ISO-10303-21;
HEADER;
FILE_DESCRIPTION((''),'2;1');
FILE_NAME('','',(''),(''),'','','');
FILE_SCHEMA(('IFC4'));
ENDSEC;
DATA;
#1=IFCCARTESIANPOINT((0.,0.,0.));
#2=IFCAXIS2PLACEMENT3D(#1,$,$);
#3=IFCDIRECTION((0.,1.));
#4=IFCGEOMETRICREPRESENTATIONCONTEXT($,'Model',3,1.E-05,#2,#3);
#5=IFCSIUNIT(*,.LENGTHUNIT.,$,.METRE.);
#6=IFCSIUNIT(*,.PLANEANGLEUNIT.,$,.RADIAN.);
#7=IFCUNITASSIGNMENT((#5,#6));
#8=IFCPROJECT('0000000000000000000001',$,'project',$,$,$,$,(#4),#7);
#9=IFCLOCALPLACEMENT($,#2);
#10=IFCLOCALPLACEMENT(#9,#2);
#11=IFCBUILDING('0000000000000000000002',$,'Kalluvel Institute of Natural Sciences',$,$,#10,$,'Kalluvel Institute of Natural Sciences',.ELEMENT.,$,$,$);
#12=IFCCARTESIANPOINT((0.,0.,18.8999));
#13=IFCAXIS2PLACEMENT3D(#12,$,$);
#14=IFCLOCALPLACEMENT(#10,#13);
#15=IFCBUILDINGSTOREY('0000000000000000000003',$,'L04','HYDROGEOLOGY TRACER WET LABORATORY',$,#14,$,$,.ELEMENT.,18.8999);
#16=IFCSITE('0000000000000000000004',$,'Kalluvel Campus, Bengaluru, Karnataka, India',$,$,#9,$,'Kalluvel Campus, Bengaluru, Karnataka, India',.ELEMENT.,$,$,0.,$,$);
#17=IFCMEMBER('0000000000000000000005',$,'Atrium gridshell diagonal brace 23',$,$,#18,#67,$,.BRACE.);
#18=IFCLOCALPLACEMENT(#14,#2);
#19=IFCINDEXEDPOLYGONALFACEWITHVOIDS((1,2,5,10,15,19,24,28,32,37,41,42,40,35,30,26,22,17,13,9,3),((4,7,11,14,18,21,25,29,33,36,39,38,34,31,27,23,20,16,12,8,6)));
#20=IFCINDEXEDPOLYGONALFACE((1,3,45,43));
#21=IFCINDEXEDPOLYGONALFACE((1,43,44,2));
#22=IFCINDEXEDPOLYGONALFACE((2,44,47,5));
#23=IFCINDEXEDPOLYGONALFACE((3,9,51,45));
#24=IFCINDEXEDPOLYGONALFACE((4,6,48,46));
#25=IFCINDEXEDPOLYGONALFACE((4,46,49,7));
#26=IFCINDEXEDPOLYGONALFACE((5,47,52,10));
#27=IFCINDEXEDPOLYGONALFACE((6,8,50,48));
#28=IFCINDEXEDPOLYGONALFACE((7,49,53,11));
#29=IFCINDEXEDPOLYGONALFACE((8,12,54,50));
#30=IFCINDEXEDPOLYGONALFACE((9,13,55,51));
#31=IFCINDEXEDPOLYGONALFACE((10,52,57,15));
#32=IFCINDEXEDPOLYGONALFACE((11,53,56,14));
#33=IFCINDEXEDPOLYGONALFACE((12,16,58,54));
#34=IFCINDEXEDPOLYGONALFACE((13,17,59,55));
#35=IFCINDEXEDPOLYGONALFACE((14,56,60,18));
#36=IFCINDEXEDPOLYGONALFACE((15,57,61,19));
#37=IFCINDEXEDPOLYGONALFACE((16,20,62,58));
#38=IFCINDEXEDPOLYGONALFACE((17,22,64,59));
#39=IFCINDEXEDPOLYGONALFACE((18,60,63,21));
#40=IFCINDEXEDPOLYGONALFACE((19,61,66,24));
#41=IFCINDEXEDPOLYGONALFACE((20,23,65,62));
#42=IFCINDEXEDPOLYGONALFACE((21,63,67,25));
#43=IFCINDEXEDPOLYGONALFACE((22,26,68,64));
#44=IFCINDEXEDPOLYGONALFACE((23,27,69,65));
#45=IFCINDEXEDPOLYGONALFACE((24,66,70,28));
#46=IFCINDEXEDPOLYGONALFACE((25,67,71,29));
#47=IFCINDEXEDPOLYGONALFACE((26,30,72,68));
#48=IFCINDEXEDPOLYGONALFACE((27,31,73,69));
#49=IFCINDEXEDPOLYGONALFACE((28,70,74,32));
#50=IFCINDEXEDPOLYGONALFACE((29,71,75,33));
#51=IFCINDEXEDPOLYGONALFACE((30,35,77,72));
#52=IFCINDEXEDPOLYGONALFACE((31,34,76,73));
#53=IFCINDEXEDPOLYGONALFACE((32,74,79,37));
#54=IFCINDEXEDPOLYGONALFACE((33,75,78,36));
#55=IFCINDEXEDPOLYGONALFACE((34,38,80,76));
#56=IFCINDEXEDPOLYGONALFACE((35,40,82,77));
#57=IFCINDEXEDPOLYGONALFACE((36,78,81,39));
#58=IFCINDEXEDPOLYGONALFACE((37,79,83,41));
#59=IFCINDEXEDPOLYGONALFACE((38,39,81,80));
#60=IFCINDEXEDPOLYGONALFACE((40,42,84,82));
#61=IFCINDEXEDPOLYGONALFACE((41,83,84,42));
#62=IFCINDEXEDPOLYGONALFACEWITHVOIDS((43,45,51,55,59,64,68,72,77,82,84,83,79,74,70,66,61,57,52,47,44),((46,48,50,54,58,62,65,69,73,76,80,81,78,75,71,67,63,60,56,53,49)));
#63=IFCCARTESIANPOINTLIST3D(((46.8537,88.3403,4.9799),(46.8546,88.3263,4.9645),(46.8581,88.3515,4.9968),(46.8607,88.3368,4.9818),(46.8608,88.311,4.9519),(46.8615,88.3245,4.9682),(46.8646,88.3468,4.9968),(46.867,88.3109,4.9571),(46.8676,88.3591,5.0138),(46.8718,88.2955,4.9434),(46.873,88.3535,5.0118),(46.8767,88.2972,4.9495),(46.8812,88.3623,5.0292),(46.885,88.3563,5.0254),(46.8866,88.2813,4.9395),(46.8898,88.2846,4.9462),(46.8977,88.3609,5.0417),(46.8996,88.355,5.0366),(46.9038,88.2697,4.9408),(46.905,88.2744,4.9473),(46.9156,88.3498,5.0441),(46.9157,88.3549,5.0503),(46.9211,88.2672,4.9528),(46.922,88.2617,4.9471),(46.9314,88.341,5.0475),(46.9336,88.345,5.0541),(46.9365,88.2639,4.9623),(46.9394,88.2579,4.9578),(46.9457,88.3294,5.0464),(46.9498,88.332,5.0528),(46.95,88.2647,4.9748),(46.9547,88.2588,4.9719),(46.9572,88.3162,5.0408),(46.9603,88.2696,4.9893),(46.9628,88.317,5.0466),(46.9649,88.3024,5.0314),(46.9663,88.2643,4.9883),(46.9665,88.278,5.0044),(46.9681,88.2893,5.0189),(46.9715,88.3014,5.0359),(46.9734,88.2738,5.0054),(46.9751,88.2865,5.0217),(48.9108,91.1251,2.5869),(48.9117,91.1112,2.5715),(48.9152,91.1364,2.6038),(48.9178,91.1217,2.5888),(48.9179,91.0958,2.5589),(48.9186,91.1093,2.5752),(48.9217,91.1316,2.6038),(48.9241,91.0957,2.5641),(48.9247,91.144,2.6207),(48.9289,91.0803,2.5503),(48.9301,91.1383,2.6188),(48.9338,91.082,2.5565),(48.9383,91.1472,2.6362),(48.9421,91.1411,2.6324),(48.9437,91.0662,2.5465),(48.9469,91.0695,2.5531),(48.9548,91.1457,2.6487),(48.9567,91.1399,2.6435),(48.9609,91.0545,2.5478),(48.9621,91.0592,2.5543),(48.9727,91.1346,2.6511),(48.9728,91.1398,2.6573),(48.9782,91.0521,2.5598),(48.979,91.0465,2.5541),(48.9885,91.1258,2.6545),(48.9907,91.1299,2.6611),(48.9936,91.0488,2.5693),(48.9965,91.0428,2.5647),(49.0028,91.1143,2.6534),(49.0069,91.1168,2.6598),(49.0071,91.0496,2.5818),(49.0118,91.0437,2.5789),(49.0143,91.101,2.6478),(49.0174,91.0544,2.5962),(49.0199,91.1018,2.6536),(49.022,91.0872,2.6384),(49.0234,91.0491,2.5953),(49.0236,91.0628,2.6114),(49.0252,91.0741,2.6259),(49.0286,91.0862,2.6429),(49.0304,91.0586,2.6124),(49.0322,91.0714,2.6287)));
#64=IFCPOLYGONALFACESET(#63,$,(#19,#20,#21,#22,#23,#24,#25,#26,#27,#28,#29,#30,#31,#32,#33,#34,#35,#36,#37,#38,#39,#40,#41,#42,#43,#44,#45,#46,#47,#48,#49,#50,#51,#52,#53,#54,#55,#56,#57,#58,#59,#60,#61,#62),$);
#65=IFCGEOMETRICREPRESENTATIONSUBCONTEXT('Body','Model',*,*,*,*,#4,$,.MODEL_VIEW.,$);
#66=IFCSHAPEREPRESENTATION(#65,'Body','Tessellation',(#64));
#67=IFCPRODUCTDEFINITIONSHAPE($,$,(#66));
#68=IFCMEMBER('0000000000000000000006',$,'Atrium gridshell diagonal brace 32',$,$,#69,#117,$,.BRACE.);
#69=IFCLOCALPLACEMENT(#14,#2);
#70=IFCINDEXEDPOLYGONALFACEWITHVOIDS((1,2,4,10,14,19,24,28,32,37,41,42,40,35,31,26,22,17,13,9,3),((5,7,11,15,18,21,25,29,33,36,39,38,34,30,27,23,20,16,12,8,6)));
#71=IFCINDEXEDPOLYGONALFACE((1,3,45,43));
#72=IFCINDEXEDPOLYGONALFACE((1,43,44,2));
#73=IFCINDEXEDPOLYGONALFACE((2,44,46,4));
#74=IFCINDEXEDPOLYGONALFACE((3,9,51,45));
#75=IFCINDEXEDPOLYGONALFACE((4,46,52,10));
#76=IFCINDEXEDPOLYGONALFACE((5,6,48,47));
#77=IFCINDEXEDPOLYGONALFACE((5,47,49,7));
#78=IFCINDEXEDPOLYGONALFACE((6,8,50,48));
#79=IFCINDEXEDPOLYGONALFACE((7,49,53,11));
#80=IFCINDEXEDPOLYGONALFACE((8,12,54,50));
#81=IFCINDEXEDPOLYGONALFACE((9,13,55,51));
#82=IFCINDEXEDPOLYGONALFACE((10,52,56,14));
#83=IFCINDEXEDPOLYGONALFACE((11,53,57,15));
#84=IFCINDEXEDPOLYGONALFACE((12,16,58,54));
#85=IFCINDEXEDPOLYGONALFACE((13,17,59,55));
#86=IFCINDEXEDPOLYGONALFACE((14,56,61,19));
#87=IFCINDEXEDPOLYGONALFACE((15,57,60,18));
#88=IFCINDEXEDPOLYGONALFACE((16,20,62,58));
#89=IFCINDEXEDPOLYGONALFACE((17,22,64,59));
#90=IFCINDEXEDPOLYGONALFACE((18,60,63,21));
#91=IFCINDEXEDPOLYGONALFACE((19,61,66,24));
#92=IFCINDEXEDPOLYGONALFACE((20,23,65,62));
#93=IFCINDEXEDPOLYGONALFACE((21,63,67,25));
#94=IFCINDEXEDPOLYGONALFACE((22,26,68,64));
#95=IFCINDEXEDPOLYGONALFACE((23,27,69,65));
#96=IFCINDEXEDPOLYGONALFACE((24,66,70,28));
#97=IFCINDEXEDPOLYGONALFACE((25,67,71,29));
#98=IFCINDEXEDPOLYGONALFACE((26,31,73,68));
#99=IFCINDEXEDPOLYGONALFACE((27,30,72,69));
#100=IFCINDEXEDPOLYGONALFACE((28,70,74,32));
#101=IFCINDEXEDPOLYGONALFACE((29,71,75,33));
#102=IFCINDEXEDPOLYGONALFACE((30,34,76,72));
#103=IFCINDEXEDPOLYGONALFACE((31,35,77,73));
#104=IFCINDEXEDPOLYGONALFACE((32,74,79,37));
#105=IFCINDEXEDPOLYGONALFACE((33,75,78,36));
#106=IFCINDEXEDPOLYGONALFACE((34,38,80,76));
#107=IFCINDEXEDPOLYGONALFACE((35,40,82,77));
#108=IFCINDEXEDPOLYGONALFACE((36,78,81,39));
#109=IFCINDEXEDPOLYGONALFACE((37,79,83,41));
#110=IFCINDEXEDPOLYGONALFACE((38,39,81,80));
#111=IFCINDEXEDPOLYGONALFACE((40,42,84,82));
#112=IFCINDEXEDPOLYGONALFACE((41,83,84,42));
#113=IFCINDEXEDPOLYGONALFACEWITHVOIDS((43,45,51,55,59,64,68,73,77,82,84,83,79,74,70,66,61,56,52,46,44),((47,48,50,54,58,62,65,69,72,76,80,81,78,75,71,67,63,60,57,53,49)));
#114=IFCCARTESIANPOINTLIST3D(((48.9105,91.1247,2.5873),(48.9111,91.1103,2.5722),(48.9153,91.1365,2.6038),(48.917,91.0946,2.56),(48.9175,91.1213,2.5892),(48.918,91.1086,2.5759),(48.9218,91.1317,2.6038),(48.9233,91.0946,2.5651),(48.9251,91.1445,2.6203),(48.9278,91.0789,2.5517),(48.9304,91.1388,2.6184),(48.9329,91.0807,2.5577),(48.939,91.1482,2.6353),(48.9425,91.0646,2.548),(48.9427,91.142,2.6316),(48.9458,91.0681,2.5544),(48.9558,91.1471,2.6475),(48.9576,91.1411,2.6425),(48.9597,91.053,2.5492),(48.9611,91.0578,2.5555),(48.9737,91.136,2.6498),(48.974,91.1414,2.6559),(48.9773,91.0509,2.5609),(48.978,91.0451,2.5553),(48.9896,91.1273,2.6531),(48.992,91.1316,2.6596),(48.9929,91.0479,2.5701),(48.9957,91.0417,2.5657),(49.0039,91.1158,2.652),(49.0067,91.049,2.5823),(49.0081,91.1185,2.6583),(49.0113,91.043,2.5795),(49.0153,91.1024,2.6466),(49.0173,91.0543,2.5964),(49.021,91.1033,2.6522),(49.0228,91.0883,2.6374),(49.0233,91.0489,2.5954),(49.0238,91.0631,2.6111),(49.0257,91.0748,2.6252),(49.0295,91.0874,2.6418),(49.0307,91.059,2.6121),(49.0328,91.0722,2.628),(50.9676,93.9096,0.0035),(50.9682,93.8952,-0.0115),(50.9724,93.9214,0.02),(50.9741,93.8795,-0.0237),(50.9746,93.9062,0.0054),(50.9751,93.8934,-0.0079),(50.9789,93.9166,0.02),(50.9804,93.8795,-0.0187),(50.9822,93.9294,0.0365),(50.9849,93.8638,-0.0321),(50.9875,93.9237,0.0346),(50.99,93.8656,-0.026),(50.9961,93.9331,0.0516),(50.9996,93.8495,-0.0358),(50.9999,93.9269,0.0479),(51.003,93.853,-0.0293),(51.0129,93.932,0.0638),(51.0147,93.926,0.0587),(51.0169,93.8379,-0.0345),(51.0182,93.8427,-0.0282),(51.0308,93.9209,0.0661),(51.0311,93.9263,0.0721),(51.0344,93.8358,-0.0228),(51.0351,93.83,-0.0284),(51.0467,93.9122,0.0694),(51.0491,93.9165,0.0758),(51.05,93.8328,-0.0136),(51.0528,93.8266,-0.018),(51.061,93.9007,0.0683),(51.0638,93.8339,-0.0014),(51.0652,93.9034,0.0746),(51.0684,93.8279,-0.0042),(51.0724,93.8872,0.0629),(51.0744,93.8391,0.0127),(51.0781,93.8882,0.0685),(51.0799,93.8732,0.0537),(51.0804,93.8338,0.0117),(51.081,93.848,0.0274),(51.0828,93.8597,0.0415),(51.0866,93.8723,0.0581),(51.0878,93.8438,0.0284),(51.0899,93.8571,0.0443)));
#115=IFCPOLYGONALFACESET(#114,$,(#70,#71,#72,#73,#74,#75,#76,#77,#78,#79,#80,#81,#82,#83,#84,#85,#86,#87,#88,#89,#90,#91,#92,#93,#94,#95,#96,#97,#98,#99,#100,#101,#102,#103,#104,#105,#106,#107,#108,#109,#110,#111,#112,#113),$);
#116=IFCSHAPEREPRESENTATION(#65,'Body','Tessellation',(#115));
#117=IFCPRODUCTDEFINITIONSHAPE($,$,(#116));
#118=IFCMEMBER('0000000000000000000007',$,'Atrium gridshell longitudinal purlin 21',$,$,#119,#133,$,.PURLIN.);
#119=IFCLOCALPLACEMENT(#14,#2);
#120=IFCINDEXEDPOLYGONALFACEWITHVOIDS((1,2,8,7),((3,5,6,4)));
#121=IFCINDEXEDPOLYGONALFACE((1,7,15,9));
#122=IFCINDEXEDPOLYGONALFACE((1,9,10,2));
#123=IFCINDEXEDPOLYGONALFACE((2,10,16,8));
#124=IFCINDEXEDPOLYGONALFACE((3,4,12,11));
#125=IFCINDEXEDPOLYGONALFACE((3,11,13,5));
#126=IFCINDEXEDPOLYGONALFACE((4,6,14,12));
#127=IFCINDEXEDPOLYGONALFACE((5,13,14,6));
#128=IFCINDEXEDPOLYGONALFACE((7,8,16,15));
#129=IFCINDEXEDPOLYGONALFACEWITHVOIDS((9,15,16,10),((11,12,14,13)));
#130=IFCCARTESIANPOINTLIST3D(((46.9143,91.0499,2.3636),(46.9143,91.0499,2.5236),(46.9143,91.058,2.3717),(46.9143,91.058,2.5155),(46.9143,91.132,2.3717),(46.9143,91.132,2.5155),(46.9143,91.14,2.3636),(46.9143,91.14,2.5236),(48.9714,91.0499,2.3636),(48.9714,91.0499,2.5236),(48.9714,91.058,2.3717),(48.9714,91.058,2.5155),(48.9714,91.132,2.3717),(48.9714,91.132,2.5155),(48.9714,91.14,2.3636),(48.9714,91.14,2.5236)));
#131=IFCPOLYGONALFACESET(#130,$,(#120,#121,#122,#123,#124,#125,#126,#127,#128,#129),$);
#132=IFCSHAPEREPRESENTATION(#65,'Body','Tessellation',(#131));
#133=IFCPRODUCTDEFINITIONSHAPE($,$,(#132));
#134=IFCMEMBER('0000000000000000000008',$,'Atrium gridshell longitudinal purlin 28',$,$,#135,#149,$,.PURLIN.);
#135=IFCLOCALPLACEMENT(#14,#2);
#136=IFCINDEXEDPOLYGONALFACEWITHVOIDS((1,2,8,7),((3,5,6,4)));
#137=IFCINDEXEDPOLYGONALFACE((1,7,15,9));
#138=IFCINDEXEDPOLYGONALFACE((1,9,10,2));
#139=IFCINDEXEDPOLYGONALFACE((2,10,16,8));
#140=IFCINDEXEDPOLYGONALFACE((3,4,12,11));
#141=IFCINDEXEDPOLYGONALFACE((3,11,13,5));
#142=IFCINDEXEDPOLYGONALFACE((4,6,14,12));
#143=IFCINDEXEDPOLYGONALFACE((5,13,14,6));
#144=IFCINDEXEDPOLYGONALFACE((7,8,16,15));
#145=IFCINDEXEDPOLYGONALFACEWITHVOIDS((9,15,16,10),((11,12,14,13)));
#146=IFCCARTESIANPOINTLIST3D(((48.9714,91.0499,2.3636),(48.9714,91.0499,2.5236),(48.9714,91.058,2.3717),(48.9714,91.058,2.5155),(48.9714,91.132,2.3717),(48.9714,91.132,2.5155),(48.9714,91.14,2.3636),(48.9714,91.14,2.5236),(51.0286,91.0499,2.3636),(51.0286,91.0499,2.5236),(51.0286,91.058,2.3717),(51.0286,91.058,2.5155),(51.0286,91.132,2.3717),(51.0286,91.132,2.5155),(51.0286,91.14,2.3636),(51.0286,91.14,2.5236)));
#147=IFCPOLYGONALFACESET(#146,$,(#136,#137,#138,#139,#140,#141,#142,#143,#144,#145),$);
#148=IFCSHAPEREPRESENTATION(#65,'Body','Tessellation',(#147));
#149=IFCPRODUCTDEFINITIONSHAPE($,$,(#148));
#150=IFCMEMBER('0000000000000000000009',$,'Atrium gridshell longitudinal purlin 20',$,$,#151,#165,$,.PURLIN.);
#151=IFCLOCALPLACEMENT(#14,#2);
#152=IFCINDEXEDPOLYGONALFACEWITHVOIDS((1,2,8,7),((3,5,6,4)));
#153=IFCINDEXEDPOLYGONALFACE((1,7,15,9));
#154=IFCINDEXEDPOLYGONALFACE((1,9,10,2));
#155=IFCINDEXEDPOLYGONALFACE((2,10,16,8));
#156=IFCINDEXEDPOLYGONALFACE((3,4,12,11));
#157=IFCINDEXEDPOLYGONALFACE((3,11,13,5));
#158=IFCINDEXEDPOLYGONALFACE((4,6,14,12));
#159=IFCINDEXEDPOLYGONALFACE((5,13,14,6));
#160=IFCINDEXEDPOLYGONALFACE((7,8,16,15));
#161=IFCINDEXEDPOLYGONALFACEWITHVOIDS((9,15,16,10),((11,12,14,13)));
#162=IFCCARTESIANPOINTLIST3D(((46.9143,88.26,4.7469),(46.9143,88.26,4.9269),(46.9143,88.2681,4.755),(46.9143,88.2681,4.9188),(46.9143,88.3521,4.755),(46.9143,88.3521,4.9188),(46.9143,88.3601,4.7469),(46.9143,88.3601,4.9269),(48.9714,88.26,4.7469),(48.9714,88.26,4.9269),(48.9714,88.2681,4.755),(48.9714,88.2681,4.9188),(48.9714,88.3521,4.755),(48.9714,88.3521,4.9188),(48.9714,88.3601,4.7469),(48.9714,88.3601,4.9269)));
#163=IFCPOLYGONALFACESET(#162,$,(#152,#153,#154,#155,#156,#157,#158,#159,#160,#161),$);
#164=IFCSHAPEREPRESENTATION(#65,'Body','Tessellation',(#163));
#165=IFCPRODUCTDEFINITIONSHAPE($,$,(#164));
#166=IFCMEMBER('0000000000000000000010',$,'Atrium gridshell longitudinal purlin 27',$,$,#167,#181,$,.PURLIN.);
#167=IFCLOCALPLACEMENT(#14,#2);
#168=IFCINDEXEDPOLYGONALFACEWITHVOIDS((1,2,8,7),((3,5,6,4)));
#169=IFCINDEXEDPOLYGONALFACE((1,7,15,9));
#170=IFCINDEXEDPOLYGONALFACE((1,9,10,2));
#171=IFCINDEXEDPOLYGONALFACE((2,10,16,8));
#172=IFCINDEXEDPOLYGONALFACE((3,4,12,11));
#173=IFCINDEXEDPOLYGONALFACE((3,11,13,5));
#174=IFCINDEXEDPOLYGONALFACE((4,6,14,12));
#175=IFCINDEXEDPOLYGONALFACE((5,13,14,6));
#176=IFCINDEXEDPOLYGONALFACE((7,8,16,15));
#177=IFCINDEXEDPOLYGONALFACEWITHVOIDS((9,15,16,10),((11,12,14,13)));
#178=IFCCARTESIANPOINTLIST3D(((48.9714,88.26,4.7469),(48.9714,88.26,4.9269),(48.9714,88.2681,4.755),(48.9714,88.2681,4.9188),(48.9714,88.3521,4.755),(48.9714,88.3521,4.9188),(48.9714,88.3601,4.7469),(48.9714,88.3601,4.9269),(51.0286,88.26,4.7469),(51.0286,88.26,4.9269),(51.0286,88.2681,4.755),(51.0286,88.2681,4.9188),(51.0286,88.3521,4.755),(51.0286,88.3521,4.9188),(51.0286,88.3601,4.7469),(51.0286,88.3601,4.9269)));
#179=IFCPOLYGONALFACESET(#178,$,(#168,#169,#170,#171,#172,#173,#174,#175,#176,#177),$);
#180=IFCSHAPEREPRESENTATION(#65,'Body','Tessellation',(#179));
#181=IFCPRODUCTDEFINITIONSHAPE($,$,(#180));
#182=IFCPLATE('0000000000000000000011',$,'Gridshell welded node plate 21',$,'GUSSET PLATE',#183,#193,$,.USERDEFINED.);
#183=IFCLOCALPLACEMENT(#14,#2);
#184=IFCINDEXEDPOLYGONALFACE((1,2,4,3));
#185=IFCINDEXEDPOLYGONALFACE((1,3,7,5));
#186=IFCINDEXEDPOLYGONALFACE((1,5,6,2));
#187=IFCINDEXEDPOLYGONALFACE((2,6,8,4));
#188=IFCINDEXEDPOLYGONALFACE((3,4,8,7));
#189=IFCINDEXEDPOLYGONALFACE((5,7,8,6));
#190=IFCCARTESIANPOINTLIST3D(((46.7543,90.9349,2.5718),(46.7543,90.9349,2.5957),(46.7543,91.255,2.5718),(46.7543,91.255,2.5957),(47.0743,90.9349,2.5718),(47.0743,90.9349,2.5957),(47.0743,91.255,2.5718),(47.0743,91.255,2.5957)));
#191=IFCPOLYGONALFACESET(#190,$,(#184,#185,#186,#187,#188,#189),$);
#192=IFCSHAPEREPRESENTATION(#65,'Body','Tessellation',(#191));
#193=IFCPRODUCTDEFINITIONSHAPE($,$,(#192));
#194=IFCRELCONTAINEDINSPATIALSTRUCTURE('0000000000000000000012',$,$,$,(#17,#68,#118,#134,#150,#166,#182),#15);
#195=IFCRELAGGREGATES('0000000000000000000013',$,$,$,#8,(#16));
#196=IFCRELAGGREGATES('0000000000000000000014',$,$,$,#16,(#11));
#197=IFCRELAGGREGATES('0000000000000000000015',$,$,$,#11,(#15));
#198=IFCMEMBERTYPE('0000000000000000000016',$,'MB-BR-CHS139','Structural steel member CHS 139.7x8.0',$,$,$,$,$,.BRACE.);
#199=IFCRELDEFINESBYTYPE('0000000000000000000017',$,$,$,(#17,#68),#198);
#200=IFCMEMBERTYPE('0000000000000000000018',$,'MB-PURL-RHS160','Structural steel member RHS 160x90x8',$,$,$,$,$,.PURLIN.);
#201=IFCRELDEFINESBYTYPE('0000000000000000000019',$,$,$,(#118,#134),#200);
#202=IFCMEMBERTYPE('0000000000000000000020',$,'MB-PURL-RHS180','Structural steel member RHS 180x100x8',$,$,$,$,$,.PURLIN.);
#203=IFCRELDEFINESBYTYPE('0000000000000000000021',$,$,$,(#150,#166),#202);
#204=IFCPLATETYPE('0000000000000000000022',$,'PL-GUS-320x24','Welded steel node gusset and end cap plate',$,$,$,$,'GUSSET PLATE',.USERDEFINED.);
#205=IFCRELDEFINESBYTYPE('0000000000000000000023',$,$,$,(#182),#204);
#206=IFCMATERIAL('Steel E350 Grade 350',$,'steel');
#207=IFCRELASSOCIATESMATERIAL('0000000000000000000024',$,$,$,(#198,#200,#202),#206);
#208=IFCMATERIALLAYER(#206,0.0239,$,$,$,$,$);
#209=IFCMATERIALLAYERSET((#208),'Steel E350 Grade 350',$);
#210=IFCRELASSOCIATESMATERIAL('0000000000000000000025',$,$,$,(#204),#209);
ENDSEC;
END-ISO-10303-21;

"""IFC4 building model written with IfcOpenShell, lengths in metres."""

from ifc_helpers import new_model, si_unit, direction, frame, origin, origin_2d, place, context, subcontext, project, spatial, rectangle, hollow_rectangle, hollow_circle, extrude, material, layer, layer_set, material_profile, profile_set, type_object, element, save


model = new_model("IFC4")

# Units and contexts
model_context = context("Model", 3, precision=1e-05, world=origin(), true_north=direction((0.0, 1.0)))
body_context = subcontext(model_context, "Body", "Model", "MODEL_VIEW")
ifc_project = project(units=[si_unit("LENGTHUNIT", "METRE"), si_unit("PLANEANGLEUNIT", "RADIAN")], contexts=[model_context])

# Site, building, storey
site_placement = place(None, origin())
site = spatial("IfcSite", under=ifc_project, at=site_placement, Name="Kalluvel Campus, Bengaluru, Karnataka, India", LongName="Kalluvel Campus, Bengaluru, Karnataka, India", CompositionType="ELEMENT", RefElevation=0.0)
building_placement = place(site_placement, origin())
building = spatial("IfcBuilding", under=site, at=building_placement, Name="Kalluvel Institute of Natural Sciences", LongName="Kalluvel Institute of Natural Sciences", CompositionType="ELEMENT")
storey_placement = place(building_placement, frame((0.0, 0.0, 18.8999)))
storey = spatial("IfcBuildingStorey", under=building, at=storey_placement, Name="L04", Description="HYDROGEOLOGY TRACER WET LABORATORY", CompositionType="ELEMENT", Elevation=18.8999)

# Members
ifc_material_1 = material(Name="Steel E350 Grade 350", Category="steel")
ifc_material_profile_1 = material_profile(ifc_material_1, hollow_circle(Radius=0.0698, WallThickness=0.0081, at=origin_2d()), Name="CHS 139.7x8.0")
ifc_profile_set_1 = profile_set([ifc_material_profile_1], Name="Steel E350 Grade 350")
member_type_1 = type_object("IfcMemberType", Name="MB-BR-CHS139", Description="Structural steel member CHS 139.7x8.0", PredefinedType="BRACE", material=ifc_profile_set_1)
member_1_placement = place(storey_placement, frame((46.9143, 88.3101, 4.9968), z_axis=(0.488765, 0.661683, -0.568582), x_axis=(-0.804353, 0.594151, 0.0)))
element("IfcMember", 1, at=member_1_placement, inside=storey, type_object=member_type_1, Name="Atrium gridshell diagonal brace 23", PredefinedType="BRACE", context=body_context, shape_type="SweptSolid", body=[
    extrude(hollow_circle(Radius=0.0698, WallThickness=0.0081, at=origin_2d()), origin(), (0.0, 0.0, 1.0), 4.2087),
])
member_2_placement = place(storey_placement, frame((48.9714, 91.095, 2.6038), z_axis=(0.476177, 0.644641, -0.598075), x_axis=(-0.804353, 0.594151, 0.0)))
element("IfcMember", 2, at=member_2_placement, inside=storey, type_object=member_type_1, Name="Atrium gridshell diagonal brace 32", PredefinedType="BRACE", context=body_context, shape_type="SweptSolid", body=[
    extrude(hollow_circle(Radius=0.0698, WallThickness=0.0081, at=origin_2d()), origin(), (0.0, 0.0, 1.0), 4.3201),
])
ifc_material_profile_2 = material_profile(ifc_material_1, hollow_rectangle(XDim=0.0901, YDim=0.1599, WallThickness=0.0081, at=origin_2d()), Name="RHS 160x90x8")
ifc_profile_set_2 = profile_set([ifc_material_profile_2], Name="Steel E350 Grade 350")
member_type_2 = type_object("IfcMemberType", Name="MB-PURL-RHS160", Description="Structural steel member RHS 160x90x8", PredefinedType="PURLIN", material=ifc_profile_set_2)
for number, where, z_axis, x_axis, name in (
    (3, (46.9143, 91.095, 2.4436), (1.0, 0.0, 0.0), (0.0, 1.0, 0.0), "Atrium gridshell longitudinal purlin 21"),
    (4, (48.9714, 91.095, 2.4436), (1.0, 0.0, 0.0), (0.0, 1.0, 0.0), "Atrium gridshell longitudinal purlin 28"),
):
    element("IfcMember", number, at=place(storey_placement, frame(where, z_axis=z_axis, x_axis=x_axis)), inside=storey, type_object=member_type_2, Name=name, PredefinedType="PURLIN", context=body_context, shape_type="SweptSolid", body=[
        extrude(hollow_rectangle(XDim=0.0901, YDim=0.1599, WallThickness=0.0081, at=origin_2d()), origin(), (0.0, 0.0, 1.0), 2.0571),
    ])
ifc_material_profile_3 = material_profile(ifc_material_1, hollow_rectangle(XDim=0.1001, YDim=0.1799, WallThickness=0.0081, at=origin_2d()), Name="RHS 180x100x8")
ifc_profile_set_3 = profile_set([ifc_material_profile_3], Name="Steel E350 Grade 350")
member_type_3 = type_object("IfcMemberType", Name="MB-PURL-RHS180", Description="Structural steel member RHS 180x100x8", PredefinedType="PURLIN", material=ifc_profile_set_3)
for number, where, z_axis, x_axis, name in (
    (5, (46.9143, 88.3101, 4.8369), (1.0, 0.0, 0.0), (0.0, 1.0, 0.0), "Atrium gridshell longitudinal purlin 20"),
    (6, (48.9714, 88.3101, 4.8369), (1.0, 0.0, 0.0), (0.0, 1.0, 0.0), "Atrium gridshell longitudinal purlin 27"),
):
    element("IfcMember", number, at=place(storey_placement, frame(where, z_axis=z_axis, x_axis=x_axis)), inside=storey, type_object=member_type_3, Name=name, PredefinedType="PURLIN", context=body_context, shape_type="SweptSolid", body=[
        extrude(hollow_rectangle(XDim=0.1001, YDim=0.1799, WallThickness=0.0081, at=origin_2d()), origin(), (0.0, 0.0, 1.0), 2.0571),
    ])

# Plate
ifc_layer_1 = layer(ifc_material_1, 0.0239)
ifc_layer_set_1 = layer_set([ifc_layer_1], Name="Steel E350 Grade 350")
plate_type_1 = type_object("IfcPlateType", Name="PL-GUS-320x24", Description="Welded steel node gusset and end cap plate", ElementType="GUSSET PLATE", PredefinedType="USERDEFINED", material=ifc_layer_set_1)
for number, where, z_axis, x_axis, name in (
    (7, (46.9143, 91.095, 2.5718), (0.0, 0.0, 1.0), (1.0, 0.0, 0.0), "Gridshell welded node plate 21"),
):
    element("IfcPlate", number, at=place(storey_placement, frame(where, z_axis=z_axis, x_axis=x_axis)), inside=storey, type_object=plate_type_1, Name=name, ObjectType="GUSSET PLATE", PredefinedType="USERDEFINED", context=body_context, shape_type="SweptSolid", body=[
        extrude(rectangle(XDim=0.3201, YDim=0.3201, at=origin_2d()), origin(), (0.0, 0.0, 1.0), 0.0239),
    ])

save(model, "model.ifc")
